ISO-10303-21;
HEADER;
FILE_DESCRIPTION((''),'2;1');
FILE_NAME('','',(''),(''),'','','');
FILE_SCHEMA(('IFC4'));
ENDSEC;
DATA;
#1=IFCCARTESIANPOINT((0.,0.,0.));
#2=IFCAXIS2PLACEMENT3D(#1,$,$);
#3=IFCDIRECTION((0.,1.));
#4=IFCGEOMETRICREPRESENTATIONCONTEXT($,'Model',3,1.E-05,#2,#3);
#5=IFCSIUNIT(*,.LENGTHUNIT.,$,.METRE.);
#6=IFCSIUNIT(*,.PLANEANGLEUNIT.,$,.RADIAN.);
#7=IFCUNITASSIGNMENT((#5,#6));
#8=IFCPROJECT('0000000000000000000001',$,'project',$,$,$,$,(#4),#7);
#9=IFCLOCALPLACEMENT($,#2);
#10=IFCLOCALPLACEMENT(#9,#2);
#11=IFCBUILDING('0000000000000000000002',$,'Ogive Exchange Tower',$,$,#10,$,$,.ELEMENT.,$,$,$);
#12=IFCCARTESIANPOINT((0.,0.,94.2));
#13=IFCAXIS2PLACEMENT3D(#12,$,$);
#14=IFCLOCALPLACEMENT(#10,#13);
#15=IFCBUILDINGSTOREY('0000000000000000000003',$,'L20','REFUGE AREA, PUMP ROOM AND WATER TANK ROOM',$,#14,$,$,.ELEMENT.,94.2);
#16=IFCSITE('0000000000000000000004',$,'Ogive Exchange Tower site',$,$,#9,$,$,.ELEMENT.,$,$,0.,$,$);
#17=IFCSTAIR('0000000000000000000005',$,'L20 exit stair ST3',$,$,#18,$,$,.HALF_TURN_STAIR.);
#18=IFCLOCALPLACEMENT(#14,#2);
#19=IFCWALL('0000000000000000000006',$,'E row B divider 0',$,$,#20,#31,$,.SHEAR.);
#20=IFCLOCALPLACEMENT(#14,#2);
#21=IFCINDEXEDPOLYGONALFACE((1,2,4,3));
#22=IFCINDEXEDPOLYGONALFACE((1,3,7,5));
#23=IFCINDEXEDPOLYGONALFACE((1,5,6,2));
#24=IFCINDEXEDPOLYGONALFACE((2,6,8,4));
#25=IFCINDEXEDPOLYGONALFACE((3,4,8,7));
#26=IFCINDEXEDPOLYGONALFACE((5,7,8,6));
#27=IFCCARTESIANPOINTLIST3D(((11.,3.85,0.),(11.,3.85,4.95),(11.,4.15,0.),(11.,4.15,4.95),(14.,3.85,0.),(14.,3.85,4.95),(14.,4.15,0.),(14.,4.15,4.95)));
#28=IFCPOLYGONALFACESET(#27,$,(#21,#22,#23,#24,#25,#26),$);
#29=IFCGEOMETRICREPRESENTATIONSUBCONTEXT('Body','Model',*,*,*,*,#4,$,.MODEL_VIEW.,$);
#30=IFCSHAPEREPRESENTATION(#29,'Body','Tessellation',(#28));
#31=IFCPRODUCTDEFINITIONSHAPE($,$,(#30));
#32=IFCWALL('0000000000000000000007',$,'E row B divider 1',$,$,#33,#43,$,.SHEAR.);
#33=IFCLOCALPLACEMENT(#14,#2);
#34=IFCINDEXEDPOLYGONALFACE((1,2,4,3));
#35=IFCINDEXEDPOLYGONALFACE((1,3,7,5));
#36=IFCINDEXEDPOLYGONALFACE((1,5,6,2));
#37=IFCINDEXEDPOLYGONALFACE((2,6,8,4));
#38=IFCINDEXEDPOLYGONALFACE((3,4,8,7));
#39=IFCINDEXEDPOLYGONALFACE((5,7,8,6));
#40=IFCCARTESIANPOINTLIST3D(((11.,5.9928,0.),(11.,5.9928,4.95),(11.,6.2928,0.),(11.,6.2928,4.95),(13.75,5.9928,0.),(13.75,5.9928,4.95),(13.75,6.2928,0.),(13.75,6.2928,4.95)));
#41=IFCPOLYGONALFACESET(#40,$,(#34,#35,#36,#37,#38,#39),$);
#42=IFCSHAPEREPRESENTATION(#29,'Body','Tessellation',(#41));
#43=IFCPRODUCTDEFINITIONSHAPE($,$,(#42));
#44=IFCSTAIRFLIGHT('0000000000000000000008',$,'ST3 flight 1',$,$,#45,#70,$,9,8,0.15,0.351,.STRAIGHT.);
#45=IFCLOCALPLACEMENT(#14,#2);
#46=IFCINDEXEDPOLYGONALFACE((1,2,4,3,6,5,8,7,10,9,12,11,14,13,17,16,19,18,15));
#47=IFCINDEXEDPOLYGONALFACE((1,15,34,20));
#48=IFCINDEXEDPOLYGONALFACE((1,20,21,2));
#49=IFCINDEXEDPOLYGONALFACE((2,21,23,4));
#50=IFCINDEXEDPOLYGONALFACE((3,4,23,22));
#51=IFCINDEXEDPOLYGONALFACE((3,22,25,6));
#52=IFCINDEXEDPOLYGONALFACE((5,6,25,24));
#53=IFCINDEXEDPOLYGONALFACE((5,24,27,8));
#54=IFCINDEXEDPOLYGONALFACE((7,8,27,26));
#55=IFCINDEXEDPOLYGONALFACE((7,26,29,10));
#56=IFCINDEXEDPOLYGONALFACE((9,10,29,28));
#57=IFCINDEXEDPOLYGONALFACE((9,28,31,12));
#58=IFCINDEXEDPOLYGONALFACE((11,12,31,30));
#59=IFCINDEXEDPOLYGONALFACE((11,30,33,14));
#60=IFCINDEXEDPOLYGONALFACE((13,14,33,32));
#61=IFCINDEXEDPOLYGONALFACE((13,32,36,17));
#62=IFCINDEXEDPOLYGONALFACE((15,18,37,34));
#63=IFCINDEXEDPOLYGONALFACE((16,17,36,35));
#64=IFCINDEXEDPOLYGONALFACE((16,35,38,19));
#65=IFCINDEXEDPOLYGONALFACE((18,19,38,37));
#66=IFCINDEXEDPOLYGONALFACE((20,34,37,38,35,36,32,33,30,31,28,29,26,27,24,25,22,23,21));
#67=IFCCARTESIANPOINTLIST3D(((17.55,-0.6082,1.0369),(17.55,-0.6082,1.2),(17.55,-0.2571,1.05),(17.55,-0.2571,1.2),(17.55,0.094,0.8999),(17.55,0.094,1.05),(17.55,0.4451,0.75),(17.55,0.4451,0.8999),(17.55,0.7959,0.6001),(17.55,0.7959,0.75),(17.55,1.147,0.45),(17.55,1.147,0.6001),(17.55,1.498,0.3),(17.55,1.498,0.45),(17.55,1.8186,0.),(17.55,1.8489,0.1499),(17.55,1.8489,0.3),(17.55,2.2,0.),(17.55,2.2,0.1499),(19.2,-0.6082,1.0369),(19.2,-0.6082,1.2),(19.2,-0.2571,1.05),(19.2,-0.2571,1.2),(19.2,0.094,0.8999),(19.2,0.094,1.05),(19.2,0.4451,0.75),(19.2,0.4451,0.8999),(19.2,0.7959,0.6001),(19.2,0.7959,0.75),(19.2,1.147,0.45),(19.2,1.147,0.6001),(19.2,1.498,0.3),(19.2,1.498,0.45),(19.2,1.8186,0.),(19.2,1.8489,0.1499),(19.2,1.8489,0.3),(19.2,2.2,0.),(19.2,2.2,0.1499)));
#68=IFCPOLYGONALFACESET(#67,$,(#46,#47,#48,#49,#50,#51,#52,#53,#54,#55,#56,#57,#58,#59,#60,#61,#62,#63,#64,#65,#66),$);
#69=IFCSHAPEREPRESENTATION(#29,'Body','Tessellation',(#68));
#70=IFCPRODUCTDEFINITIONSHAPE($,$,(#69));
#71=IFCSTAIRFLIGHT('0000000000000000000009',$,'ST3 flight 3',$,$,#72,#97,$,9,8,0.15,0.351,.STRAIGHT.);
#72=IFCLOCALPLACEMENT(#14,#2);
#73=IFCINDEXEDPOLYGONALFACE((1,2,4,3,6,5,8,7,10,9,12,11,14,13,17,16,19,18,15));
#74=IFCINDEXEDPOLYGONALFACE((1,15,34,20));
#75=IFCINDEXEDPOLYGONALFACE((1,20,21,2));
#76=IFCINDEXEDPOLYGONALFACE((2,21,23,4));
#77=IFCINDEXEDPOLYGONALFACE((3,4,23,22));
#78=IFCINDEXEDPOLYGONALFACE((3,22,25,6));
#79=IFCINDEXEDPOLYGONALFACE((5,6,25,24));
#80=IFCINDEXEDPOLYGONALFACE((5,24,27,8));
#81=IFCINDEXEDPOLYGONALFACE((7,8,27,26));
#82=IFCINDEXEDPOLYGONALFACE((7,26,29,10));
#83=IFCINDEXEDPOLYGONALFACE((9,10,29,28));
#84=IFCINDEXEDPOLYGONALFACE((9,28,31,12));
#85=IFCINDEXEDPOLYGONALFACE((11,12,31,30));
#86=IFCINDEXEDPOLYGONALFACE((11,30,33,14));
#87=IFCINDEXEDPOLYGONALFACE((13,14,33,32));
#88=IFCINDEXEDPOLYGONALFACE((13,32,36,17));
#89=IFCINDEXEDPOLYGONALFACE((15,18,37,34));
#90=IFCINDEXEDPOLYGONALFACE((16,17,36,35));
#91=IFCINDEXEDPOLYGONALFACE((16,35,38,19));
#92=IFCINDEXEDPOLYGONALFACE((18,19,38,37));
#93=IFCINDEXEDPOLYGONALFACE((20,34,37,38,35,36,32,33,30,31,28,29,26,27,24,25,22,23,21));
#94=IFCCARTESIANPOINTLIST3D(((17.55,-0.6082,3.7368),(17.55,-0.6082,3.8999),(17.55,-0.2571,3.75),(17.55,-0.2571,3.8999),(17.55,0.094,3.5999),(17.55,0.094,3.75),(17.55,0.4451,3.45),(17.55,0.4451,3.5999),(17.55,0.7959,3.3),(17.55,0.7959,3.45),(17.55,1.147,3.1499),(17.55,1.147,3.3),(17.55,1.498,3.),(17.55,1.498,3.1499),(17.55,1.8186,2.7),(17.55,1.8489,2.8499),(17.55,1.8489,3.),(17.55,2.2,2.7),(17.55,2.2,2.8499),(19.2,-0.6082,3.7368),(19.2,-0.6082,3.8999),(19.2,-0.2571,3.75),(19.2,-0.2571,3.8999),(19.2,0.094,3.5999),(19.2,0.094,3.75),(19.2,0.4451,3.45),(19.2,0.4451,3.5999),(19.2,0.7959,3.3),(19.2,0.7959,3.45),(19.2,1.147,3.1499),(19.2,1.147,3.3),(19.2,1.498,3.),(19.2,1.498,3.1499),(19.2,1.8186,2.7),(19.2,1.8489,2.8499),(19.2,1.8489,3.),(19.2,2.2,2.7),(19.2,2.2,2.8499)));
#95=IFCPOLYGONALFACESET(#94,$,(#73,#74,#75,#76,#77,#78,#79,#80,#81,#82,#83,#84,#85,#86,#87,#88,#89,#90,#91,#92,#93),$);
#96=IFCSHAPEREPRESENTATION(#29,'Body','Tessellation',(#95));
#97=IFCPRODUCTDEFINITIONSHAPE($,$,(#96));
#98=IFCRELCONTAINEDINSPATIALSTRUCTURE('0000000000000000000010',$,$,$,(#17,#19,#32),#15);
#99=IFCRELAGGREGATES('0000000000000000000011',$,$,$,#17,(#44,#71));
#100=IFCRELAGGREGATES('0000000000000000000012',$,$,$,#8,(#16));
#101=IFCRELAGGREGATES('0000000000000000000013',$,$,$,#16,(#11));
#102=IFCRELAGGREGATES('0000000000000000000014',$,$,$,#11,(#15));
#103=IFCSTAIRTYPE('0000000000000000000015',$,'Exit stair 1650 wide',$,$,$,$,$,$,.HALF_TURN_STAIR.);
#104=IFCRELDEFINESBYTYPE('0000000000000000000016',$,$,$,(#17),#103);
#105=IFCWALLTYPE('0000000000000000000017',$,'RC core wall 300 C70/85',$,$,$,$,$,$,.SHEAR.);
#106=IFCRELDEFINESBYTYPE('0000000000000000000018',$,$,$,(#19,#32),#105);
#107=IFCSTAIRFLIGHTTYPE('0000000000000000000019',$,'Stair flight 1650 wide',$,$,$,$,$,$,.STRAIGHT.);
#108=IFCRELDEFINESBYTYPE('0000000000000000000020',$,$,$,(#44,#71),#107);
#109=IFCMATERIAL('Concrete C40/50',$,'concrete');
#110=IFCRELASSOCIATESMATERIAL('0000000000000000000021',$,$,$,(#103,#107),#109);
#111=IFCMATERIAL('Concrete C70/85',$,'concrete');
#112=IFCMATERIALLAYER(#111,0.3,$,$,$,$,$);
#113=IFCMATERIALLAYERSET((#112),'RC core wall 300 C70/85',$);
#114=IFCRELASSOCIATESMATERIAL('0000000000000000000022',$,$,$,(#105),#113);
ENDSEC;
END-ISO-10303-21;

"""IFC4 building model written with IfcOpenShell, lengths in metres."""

from ifc_helpers import new_model, si_unit, direction, frame, frame_2d, origin, place, context, subcontext, project, spatial, polyline, rectangle, outline, extrude, material, layer, layer_set, type_object, element, aggregate, save


model = new_model("IFC4")

# Units and contexts
model_context = context("Model", 3, precision=1e-05, world=origin(), true_north=direction((0.0, 1.0)))
body_context = subcontext(model_context, "Body", "Model", "MODEL_VIEW")
ifc_project = project(units=[si_unit("LENGTHUNIT", "METRE"), si_unit("PLANEANGLEUNIT", "RADIAN")], contexts=[model_context])

# Site, building, storey
site_placement = place(None, origin())
site = spatial("IfcSite", under=ifc_project, at=site_placement, Name="Ogive Exchange Tower site", CompositionType="ELEMENT", RefElevation=0.0)
building_placement = place(site_placement, origin())
building = spatial("IfcBuilding", under=site, at=building_placement, Name="Ogive Exchange Tower", CompositionType="ELEMENT")
storey_placement = place(building_placement, frame((0.0, 0.0, 94.2)))
storey = spatial("IfcBuildingStorey", under=building, at=storey_placement, Name="L20", Description="REFUGE AREA, PUMP ROOM AND WATER TANK ROOM", CompositionType="ELEMENT", Elevation=94.2)

# Stair
ifc_material_1 = material(Name="Concrete C40/50", Category="concrete")
stair_type = type_object("IfcStairType", Name="Exit stair 1650 wide", PredefinedType="HALF_TURN_STAIR", material=ifc_material_1)
stair_1_placement = place(storey_placement, origin())
stair_1 = element("IfcStair", 1, at=stair_1_placement, inside=storey, type_object=stair_type, Name="L20 exit stair ST3", PredefinedType="HALF_TURN_STAIR")

# Shared definitions
ifc_material_2 = material(Name="Concrete C70/85", Category="concrete")

# Walls
ifc_layer_1 = layer(ifc_material_2, 0.3)
ifc_layer_set_1 = layer_set([ifc_layer_1], Name="RC core wall 300 C70/85")
wall_type_1 = type_object("IfcWallType", Name="RC core wall 300 C70/85", PredefinedType="SHEAR", material=ifc_layer_set_1)
wall_1_placement = place(storey_placement, frame((11.0, 4.0, 0.0), z_axis=(0.0, 0.0, 1.0), x_axis=(1.0, 0.0, 0.0)))
element("IfcWall", 2, at=wall_1_placement, inside=storey, type_object=wall_type_1, Name="E row B divider 0", PredefinedType="SHEAR", context=body_context, shape_type="SweptSolid", body=[
    extrude(rectangle(XDim=3.0, YDim=0.3, at=frame_2d((1.5, 0.0))), origin(), (0.0, 0.0, 1.0), 4.95),
])
wall_2_placement = place(storey_placement, frame((11.0, 6.1428, 0.0), z_axis=(0.0, 0.0, 1.0), x_axis=(1.0, 0.0, 0.0)))
element("IfcWall", 3, at=wall_2_placement, inside=storey, type_object=wall_type_1, Name="E row B divider 1", PredefinedType="SHEAR", context=body_context, shape_type="SweptSolid", body=[
    extrude(rectangle(XDim=2.75, YDim=0.3, at=frame_2d((1.375, 0.0))), origin(), (0.0, 0.0, 1.0), 4.95),
])

# Stair flights
stair_flight_type = type_object("IfcStairFlightType", Name="Stair flight 1650 wide", PredefinedType="STRAIGHT", material=ifc_material_1)
stair_flight_1_placement = place(storey_placement, frame((18.375, 2.2, 0.0), z_axis=(0.0, 0.0, 1.0), x_axis=(0.0, -1.0, 0.0)))
stair_flight_1 = element("IfcStairFlight", 4, at=stair_flight_1_placement, type_object=stair_flight_type, Name="ST3 flight 1", NumberOfRisers=9, NumberOfTreads=8, PredefinedType="STRAIGHT", RiserHeight=0.15, TreadLength=0.351, context=body_context, shape_type="SweptSolid", body=[
    extrude(outline(polyline([(0.0, 0.0), (0.0, 0.1499), (0.3511, 0.1499), (0.3511, 0.3), (0.7019, 0.3), (0.7019, 0.45), (1.053, 0.45), (1.053, 0.6001), (1.4041, 0.6001), (1.4041, 0.75), (1.7549, 0.75), (1.7549, 0.8999), (2.106, 0.8999), (2.106, 1.05), (2.457, 1.05), (2.457, 1.2), (2.8081, 1.2), (2.8081, 1.3501), (2.8081, 1.0369), (0.3813, 0.0), (0.0, 0.0)])), frame((0.0, 0.825, 0.0), z_axis=(0.0, -1.0, 0.0), x_axis=(1.0, 0.0, 0.0)), (0.0, 0.0, 1.0), 1.6499),
])
stair_flight_2_placement = place(storey_placement, frame((18.375, 2.2, 2.7), z_axis=(0.0, 0.0, 1.0), x_axis=(0.0, -1.0, 0.0)))
stair_flight_2 = element("IfcStairFlight", 5, at=stair_flight_2_placement, type_object=stair_flight_type, Name="ST3 flight 3", NumberOfRisers=9, NumberOfTreads=8, PredefinedType="STRAIGHT", RiserHeight=0.15, TreadLength=0.351, context=body_context, shape_type="SweptSolid", body=[
    extrude(outline(polyline([(0.0, 0.0), (0.0, 0.1499), (0.3511, 0.1499), (0.3511, 0.3), (0.7019, 0.3), (0.7019, 0.45), (1.053, 0.45), (1.053, 0.6001), (1.4041, 0.6001), (1.4041, 0.75), (1.7549, 0.75), (1.7549, 0.8999), (2.106, 0.8999), (2.106, 1.05), (2.457, 1.05), (2.457, 1.2), (2.8081, 1.2), (2.8081, 1.3501), (2.8081, 1.0369), (0.3813, 0.0), (0.0, 0.0)])), frame((0.0, 0.825, 0.0), z_axis=(0.0, -1.0, 0.0), x_axis=(1.0, 0.0, 0.0)), (0.0, 0.0, 1.0), 1.6499),
])
aggregate(stair_1, [stair_flight_1, stair_flight_2])

save(model, "model.ifc")
